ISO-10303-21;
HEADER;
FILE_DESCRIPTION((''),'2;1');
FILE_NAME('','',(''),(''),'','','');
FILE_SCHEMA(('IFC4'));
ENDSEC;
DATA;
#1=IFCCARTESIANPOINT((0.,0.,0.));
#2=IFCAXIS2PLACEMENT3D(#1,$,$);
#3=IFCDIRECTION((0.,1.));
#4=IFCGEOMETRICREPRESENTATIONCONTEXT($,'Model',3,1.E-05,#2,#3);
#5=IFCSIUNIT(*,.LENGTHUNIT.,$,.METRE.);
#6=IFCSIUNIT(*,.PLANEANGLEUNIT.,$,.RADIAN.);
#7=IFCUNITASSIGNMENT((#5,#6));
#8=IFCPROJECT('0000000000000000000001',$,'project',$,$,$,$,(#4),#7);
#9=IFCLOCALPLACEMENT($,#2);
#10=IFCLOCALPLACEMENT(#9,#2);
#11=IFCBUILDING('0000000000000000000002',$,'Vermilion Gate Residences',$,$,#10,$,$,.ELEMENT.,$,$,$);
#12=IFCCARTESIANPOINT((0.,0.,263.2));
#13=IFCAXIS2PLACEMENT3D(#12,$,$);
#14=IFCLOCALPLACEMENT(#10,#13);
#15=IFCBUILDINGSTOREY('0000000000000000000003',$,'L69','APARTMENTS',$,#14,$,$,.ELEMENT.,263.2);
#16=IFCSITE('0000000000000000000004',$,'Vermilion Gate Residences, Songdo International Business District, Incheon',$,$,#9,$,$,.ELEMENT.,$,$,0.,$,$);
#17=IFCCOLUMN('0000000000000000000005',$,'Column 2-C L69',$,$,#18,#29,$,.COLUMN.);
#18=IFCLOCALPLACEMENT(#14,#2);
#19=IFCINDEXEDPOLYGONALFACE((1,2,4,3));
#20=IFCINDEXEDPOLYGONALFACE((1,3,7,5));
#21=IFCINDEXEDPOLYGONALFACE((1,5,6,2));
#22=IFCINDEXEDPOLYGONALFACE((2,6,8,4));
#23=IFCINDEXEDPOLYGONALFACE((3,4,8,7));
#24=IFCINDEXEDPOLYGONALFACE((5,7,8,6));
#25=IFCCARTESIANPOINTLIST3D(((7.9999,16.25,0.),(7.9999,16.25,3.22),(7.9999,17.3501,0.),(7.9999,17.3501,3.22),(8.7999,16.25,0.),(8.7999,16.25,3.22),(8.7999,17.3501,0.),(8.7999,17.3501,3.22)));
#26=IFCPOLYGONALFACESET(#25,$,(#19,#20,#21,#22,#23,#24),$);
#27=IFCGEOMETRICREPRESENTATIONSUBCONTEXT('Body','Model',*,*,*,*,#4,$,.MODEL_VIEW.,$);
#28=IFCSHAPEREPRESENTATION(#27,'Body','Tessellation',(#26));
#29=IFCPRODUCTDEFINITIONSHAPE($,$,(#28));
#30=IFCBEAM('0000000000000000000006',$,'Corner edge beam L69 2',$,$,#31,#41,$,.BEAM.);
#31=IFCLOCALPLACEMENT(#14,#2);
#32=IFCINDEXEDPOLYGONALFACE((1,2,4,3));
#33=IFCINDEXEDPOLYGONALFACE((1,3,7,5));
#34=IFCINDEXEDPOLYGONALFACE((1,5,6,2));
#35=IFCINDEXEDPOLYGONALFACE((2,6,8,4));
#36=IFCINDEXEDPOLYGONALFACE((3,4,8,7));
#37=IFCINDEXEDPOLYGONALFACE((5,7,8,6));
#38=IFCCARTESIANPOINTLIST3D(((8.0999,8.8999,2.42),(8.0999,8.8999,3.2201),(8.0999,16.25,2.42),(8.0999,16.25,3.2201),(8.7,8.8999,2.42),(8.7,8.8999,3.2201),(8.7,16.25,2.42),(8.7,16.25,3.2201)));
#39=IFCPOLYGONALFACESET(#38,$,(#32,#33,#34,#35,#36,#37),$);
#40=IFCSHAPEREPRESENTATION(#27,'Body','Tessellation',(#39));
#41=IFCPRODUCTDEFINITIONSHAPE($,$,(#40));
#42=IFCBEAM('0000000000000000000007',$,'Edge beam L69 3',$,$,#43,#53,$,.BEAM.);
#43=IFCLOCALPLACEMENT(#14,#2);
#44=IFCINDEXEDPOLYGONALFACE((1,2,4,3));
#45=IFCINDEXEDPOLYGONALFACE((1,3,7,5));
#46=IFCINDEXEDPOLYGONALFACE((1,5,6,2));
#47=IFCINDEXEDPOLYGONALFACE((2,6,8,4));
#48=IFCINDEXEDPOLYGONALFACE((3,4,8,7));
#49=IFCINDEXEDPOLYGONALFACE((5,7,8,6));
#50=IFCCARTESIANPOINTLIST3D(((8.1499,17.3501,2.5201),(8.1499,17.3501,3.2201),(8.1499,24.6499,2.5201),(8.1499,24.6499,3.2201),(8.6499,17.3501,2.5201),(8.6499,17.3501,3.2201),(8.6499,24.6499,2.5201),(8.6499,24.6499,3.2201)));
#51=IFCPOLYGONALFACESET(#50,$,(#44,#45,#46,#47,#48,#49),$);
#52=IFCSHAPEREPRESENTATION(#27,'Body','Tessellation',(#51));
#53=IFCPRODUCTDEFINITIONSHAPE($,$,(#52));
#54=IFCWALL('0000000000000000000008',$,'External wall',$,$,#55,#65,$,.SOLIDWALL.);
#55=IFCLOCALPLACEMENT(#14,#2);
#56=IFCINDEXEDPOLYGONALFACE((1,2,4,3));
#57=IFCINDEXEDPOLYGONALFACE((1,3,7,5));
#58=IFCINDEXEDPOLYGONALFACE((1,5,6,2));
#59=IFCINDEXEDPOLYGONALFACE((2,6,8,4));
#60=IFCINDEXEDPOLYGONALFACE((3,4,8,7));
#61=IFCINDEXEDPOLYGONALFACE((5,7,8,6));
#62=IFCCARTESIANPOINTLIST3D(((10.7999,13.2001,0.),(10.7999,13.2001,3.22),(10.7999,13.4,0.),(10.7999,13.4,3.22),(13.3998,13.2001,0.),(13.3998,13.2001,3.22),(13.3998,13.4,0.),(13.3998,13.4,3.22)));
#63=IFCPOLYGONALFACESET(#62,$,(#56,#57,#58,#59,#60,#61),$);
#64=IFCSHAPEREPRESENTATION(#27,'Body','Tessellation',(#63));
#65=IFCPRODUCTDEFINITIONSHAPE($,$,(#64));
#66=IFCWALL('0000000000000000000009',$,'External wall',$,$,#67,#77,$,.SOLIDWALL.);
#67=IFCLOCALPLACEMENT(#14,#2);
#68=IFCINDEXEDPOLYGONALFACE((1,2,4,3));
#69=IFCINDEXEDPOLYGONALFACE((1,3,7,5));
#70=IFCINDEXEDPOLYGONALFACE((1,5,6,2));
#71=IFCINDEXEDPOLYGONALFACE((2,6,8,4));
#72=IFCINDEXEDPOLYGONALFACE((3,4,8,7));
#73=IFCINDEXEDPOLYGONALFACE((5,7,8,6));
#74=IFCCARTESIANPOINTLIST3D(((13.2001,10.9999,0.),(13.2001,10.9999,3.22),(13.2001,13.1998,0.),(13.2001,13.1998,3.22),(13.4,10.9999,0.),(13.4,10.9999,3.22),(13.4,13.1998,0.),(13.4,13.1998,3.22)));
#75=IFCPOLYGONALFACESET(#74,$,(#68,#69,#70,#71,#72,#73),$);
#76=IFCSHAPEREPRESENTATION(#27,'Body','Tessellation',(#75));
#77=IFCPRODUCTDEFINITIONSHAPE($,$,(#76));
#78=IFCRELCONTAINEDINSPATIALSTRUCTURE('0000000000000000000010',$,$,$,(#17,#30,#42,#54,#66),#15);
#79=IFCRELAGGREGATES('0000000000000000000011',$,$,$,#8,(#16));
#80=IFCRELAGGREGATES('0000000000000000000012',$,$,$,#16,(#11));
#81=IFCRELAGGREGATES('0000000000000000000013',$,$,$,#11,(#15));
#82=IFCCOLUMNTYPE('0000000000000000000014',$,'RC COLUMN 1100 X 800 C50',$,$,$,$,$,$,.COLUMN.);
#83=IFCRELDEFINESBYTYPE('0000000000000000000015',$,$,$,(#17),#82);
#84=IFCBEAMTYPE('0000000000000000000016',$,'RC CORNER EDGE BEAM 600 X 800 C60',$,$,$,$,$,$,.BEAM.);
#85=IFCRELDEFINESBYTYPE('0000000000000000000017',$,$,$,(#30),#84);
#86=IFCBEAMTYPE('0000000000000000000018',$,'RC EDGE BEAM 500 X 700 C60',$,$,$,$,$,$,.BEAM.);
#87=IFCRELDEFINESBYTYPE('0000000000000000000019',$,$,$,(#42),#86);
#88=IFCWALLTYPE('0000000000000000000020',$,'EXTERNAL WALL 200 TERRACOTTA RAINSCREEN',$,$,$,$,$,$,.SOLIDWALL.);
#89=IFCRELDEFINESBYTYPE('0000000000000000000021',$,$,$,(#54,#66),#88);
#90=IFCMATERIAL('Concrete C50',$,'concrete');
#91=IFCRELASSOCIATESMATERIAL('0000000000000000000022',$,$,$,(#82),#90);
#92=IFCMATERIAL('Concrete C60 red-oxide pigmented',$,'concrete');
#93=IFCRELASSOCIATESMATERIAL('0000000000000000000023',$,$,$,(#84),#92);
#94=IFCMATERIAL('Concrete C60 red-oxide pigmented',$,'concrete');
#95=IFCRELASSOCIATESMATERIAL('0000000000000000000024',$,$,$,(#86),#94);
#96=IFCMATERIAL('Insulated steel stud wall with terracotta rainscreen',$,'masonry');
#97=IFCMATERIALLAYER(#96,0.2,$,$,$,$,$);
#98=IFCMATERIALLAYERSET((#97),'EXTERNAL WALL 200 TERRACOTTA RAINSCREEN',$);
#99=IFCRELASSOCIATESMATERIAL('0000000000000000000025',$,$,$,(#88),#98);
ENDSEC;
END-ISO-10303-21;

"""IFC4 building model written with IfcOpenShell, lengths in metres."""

from ifc_helpers import new_model, si_unit, direction, frame, frame_2d, origin, origin_2d, place, context, subcontext, project, spatial, rectangle, extrude, material, layer, layer_set, material_profile, profile_set, type_object, element, save


model = new_model("IFC4")

# Units and contexts
model_context = context("Model", 3, precision=1e-05, world=origin(), true_north=direction((0.0, 1.0)))
body_context = subcontext(model_context, "Body", "Model", "MODEL_VIEW")
ifc_project = project(units=[si_unit("LENGTHUNIT", "METRE"), si_unit("PLANEANGLEUNIT", "RADIAN")], contexts=[model_context])

# Site, building, storey
site_placement = place(None, origin())
site = spatial("IfcSite", under=ifc_project, at=site_placement, Name="Vermilion Gate Residences, Songdo International Business District, Incheon", CompositionType="ELEMENT", RefElevation=0.0)
building_placement = place(site_placement, origin())
building = spatial("IfcBuilding", under=site, at=building_placement, Name="Vermilion Gate Residences", CompositionType="ELEMENT")
storey_placement = place(building_placement, frame((0.0, 0.0, 263.2)))
storey = spatial("IfcBuildingStorey", under=building, at=storey_placement, Name="L69", Description="APARTMENTS", CompositionType="ELEMENT", Elevation=263.2)

# Column
ifc_material_1 = material(Name="Concrete C50", Category="concrete")
ifc_material_profile_1 = material_profile(ifc_material_1, rectangle(XDim=1.1001, YDim=0.8, at=origin_2d()), Name="RC-1100x800")
ifc_profile_set_1 = profile_set([ifc_material_profile_1], Name="Concrete C50")
column_type = type_object("IfcColumnType", Name="RC COLUMN 1100 X 800 C50", PredefinedType="COLUMN", material=ifc_profile_set_1)
column_placement = place(storey_placement, frame((8.3999, 16.8, 0.0), z_axis=(0.0, 0.0, 1.0), x_axis=(0.0, 1.0, 0.0)))
element("IfcColumn", 1, at=column_placement, inside=storey, type_object=column_type, Name="Column 2-C L69", PredefinedType="COLUMN", context=body_context, shape_type="SweptSolid", body=[
    extrude(rectangle(XDim=1.1001, YDim=0.8, at=origin_2d()), origin(), (0.0, 0.0, 1.0), 3.22),
])

# Beams
ifc_material_2 = material(Name="Concrete C60 red-oxide pigmented", Category="concrete")
ifc_material_profile_2 = material_profile(ifc_material_2, rectangle(XDim=0.6001, YDim=0.8, at=origin_2d()), Name="RC-600x800")
ifc_profile_set_2 = profile_set([ifc_material_profile_2], Name="Concrete C60 red-oxide pigmented")
beam_type_1 = type_object("IfcBeamType", Name="RC CORNER EDGE BEAM 600 X 800 C60", PredefinedType="BEAM", material=ifc_profile_set_2)
beam_1_placement = place(storey_placement, frame((8.3999, 8.8999, 2.8201), z_axis=(0.0, 1.0, 0.0), x_axis=(-1.0, 0.0, 0.0)))
element("IfcBeam", 2, at=beam_1_placement, inside=storey, type_object=beam_type_1, Name="Corner edge beam L69 2", PredefinedType="BEAM", context=body_context, shape_type="SweptSolid", body=[
    extrude(rectangle(XDim=0.6001, YDim=0.8, at=origin_2d()), origin(), (0.0, 0.0, 1.0), 7.3501),
])
ifc_material_3 = material(Name="Concrete C60 red-oxide pigmented", Category="concrete")
ifc_material_profile_3 = material_profile(ifc_material_3, rectangle(XDim=0.5, YDim=0.7, at=origin_2d()), Name="RC-500x700")
ifc_profile_set_3 = profile_set([ifc_material_profile_3], Name="Concrete C60 red-oxide pigmented")
beam_type_2 = type_object("IfcBeamType", Name="RC EDGE BEAM 500 X 700 C60", PredefinedType="BEAM", material=ifc_profile_set_3)
beam_2_placement = place(storey_placement, frame((8.3999, 17.3501, 2.8701), z_axis=(0.0, 1.0, 0.0), x_axis=(-1.0, 0.0, 0.0)))
element("IfcBeam", 3, at=beam_2_placement, inside=storey, type_object=beam_type_2, Name="Edge beam L69 3", PredefinedType="BEAM", context=body_context, shape_type="SweptSolid", body=[
    extrude(rectangle(XDim=0.5, YDim=0.7, at=origin_2d()), origin(), (0.0, 0.0, 1.0), 7.2998),
])

# Walls
ifc_material_4 = material(Name="Insulated steel stud wall with terracotta rainscreen", Category="masonry")
ifc_layer_1 = layer(ifc_material_4, 0.2)
ifc_layer_set_1 = layer_set([ifc_layer_1], Name="EXTERNAL WALL 200 TERRACOTTA RAINSCREEN")
wall_type_1 = type_object("IfcWallType", Name="EXTERNAL WALL 200 TERRACOTTA RAINSCREEN", PredefinedType="SOLIDWALL", material=ifc_layer_set_1)
wall_1_placement = place(storey_placement, frame((10.8, 13.3, 0.0), z_axis=(0.0, 0.0, 1.0), x_axis=(1.0, 0.0, 0.0)))
element("IfcWall", 4, at=wall_1_placement, inside=storey, type_object=wall_type_1, Name="External wall", PredefinedType="SOLIDWALL", context=body_context, shape_type="SweptSolid", body=[
    extrude(rectangle(XDim=2.5999, YDim=0.2, at=frame_2d((1.2998, 0.0))), origin(), (0.0, 0.0, 1.0), 3.22),
])
wall_2_placement = place(storey_placement, frame((13.3, 13.2, 0.0), z_axis=(0.0, 0.0, 1.0), x_axis=(0.0, -1.0, 0.0)))
element("IfcWall", 5, at=wall_2_placement, inside=storey, type_object=wall_type_1, Name="External wall", PredefinedType="SOLIDWALL", context=body_context, shape_type="SweptSolid", body=[
    extrude(rectangle(XDim=2.2, YDim=0.2, at=frame_2d((1.1001, 0.0))), origin(), (0.0, 0.0, 1.0), 3.22),
])

save(model, "model.ifc")
